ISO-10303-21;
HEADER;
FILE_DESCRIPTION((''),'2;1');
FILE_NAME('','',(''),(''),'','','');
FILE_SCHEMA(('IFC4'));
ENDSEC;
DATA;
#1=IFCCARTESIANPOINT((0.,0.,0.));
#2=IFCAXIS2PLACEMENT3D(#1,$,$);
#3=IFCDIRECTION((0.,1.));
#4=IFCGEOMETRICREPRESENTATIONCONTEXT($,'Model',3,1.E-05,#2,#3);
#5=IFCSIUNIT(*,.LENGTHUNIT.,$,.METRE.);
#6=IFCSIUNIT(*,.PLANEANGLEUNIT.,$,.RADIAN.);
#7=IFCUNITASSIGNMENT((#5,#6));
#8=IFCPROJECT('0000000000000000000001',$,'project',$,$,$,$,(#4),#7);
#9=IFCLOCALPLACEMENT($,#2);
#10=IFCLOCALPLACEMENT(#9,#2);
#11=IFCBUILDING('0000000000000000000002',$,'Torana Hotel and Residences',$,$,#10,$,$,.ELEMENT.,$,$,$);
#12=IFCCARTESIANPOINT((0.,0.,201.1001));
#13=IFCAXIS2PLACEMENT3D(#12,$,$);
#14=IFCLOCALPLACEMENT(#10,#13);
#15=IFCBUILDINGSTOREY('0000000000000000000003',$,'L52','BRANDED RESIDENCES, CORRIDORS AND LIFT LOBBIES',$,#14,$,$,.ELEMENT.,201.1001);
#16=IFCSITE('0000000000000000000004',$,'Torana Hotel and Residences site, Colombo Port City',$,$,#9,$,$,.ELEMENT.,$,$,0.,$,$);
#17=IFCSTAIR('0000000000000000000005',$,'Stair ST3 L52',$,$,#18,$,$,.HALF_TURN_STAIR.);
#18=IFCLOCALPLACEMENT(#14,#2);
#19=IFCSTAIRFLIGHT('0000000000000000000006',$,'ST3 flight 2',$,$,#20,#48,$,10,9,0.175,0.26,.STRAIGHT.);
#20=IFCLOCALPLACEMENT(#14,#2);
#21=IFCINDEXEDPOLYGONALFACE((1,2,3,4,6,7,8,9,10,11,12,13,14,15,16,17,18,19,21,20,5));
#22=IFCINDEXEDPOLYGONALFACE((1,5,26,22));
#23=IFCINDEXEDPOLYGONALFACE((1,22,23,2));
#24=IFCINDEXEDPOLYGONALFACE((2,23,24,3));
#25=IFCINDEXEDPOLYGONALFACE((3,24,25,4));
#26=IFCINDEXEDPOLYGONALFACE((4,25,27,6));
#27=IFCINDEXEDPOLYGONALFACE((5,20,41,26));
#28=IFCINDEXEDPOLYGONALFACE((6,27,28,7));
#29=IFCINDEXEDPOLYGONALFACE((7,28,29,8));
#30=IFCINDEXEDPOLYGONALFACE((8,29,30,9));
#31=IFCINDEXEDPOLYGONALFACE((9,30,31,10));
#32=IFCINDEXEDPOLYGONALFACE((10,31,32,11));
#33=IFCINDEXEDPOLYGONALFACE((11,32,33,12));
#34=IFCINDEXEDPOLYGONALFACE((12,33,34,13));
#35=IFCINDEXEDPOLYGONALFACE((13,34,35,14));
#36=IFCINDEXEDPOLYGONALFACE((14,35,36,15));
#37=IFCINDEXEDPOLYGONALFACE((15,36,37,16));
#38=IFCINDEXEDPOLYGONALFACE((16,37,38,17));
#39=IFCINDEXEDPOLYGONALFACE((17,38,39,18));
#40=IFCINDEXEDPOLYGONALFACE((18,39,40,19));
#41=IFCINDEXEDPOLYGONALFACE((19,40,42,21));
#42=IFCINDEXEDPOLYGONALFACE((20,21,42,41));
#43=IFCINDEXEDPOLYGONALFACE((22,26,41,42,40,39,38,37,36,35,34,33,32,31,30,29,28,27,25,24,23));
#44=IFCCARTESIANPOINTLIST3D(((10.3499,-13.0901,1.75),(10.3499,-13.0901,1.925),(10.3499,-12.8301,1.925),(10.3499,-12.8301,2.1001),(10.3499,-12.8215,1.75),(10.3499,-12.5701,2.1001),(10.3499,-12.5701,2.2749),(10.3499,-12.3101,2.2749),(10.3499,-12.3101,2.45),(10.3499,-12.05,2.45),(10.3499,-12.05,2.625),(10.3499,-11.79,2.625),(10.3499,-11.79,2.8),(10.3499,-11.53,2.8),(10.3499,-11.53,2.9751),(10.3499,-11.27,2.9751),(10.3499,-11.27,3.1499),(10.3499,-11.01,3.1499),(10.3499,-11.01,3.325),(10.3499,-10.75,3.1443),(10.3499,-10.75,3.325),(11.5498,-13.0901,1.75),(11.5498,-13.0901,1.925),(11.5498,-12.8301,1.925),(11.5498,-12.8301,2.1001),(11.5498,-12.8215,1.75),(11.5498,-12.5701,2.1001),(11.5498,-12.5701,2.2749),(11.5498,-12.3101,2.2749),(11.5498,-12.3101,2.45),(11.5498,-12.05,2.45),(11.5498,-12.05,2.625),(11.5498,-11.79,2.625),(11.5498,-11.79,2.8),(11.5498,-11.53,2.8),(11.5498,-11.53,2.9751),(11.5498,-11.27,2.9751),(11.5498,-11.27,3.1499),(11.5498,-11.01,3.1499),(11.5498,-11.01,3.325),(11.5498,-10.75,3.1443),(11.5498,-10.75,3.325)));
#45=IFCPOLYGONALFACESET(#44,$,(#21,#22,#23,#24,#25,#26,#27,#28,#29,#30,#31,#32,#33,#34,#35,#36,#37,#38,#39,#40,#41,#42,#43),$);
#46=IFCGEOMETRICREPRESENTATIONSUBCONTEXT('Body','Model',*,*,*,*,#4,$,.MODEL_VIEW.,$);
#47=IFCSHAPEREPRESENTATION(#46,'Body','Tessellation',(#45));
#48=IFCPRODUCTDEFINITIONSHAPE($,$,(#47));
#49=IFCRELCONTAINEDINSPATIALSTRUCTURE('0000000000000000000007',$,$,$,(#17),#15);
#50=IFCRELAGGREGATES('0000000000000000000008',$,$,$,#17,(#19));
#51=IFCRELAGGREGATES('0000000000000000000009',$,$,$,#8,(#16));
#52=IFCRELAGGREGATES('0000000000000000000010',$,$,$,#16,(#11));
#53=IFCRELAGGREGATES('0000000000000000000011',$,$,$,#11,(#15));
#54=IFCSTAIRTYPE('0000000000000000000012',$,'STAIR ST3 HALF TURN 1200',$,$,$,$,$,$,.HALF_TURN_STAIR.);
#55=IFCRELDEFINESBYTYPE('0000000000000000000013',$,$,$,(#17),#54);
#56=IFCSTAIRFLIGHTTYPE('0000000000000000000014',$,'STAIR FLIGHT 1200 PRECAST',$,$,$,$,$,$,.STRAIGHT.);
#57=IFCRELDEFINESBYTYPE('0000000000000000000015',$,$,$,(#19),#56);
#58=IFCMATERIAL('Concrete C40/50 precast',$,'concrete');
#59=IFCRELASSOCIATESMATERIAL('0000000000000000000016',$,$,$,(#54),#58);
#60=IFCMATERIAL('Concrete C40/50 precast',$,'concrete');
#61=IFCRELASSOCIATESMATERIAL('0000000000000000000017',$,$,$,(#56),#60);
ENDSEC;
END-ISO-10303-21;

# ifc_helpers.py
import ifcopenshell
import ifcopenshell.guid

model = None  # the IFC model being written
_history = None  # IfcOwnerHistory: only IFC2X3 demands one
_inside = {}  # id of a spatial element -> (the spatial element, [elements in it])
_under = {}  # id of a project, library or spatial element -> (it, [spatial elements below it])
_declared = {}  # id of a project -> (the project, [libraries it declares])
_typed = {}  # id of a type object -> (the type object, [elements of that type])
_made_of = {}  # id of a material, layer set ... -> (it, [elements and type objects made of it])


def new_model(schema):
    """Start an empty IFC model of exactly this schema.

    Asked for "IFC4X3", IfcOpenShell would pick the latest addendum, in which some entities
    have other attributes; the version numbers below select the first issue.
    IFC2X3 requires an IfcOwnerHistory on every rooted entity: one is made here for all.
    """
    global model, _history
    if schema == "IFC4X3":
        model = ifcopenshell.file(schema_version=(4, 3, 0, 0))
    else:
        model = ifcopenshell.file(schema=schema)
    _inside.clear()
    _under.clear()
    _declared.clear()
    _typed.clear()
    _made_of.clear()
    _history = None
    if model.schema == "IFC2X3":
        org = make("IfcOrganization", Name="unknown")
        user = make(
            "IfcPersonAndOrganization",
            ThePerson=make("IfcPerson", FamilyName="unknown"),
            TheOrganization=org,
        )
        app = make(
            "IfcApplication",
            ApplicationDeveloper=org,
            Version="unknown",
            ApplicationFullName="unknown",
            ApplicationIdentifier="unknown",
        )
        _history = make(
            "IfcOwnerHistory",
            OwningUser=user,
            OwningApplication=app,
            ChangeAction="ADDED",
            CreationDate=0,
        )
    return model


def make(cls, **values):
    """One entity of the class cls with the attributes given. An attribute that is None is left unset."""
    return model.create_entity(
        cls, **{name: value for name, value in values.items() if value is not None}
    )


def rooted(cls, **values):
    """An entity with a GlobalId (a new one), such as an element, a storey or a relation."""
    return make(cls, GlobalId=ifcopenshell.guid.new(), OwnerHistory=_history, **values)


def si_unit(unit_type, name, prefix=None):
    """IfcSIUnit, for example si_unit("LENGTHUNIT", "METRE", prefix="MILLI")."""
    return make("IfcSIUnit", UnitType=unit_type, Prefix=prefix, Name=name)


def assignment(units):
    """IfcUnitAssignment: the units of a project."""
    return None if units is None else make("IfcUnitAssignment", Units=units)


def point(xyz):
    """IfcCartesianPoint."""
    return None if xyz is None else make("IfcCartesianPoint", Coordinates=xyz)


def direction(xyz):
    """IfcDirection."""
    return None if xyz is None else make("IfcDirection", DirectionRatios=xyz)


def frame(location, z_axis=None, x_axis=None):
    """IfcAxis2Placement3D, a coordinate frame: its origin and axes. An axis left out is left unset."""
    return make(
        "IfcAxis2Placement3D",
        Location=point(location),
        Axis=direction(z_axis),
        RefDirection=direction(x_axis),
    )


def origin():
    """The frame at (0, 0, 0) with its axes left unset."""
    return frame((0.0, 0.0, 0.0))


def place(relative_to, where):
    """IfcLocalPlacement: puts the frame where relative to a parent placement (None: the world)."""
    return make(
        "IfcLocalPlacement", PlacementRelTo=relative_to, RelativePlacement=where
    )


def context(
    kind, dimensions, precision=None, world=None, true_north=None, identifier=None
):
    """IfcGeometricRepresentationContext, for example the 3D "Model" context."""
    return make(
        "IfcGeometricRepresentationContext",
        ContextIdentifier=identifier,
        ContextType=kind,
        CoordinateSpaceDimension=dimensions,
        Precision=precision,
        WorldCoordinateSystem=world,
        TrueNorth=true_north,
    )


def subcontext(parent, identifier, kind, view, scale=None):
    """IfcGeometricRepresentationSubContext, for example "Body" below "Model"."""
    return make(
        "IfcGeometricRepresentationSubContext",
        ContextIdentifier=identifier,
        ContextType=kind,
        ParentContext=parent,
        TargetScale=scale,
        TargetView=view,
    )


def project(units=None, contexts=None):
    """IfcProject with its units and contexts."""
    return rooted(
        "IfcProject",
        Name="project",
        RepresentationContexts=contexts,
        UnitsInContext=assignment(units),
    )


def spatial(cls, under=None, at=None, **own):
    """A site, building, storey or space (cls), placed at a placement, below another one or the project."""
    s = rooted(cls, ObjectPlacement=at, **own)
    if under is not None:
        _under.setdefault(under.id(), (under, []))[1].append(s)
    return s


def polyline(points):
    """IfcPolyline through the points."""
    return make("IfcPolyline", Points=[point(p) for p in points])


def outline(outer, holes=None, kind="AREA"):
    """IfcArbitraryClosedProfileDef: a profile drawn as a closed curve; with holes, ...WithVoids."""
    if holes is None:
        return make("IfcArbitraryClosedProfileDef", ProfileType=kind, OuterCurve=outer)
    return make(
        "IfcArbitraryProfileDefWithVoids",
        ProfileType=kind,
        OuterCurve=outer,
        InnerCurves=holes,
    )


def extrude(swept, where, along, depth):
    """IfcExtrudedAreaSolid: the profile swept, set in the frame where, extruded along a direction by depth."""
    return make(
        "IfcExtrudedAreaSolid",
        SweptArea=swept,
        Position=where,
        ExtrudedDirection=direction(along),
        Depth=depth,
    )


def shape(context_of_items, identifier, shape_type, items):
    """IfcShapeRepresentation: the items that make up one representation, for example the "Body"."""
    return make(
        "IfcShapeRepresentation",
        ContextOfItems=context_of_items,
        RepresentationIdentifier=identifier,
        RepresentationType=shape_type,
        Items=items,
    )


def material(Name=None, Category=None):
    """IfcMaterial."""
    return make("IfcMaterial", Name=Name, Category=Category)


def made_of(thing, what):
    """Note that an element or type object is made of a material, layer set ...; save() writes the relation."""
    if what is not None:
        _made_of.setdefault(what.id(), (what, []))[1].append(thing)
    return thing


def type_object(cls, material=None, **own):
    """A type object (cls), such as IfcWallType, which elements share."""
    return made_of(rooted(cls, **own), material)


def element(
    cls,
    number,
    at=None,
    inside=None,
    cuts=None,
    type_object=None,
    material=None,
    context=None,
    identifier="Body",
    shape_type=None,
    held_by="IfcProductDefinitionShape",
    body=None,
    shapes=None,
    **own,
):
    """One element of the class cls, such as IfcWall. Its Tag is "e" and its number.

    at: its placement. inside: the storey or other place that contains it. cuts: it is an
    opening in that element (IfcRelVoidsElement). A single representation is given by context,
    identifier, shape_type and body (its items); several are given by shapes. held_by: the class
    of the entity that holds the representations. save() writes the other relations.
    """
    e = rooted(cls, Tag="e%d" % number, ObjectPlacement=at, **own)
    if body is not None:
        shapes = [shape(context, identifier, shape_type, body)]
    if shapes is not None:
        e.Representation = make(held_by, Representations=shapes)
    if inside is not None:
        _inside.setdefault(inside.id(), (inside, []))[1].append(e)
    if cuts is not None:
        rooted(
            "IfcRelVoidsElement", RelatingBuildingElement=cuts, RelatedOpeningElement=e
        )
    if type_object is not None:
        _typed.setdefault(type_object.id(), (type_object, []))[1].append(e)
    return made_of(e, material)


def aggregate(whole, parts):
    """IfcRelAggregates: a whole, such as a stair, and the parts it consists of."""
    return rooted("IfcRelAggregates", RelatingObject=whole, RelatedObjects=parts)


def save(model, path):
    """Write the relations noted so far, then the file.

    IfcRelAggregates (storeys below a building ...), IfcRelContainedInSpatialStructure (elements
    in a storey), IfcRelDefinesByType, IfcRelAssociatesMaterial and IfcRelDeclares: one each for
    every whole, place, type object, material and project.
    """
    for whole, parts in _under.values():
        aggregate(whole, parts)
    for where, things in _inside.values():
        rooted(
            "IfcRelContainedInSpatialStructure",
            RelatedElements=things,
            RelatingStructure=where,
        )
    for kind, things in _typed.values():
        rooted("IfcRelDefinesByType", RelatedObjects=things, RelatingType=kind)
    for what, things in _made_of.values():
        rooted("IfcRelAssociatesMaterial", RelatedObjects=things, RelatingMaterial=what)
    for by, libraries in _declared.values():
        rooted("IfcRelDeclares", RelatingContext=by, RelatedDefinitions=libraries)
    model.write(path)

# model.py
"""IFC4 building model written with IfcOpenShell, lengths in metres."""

from ifc_helpers import new_model, si_unit, direction, frame, origin, place, context, subcontext, project, spatial, polyline, outline, extrude, material, type_object, element, aggregate, save


model = new_model("IFC4")

# Units and contexts
model_context = context("Model", 3, precision=1e-05, world=origin(), true_north=direction((0.0, 1.0)))
body_context = subcontext(model_context, "Body", "Model", "MODEL_VIEW")
ifc_project = project(units=[si_unit("LENGTHUNIT", "METRE"), si_unit("PLANEANGLEUNIT", "RADIAN")], contexts=[model_context])

# Site, building, storey
site_placement = place(None, origin())
site = spatial("IfcSite", under=ifc_project, at=site_placement, Name="Torana Hotel and Residences site, Colombo Port City", CompositionType="ELEMENT", RefElevation=0.0)
building_placement = place(site_placement, origin())
building = spatial("IfcBuilding", under=site, at=building_placement, Name="Torana Hotel and Residences", CompositionType="ELEMENT")
storey_placement = place(building_placement, frame((0.0, 0.0, 201.1001)))
storey = spatial("IfcBuildingStorey", under=building, at=storey_placement, Name="L52", Description="BRANDED RESIDENCES, CORRIDORS AND LIFT LOBBIES", CompositionType="ELEMENT", Elevation=201.1001)

# Stair, stair flight
ifc_material_1 = material(Name="Concrete C40/50 precast", Category="concrete")
stair_type = type_object("IfcStairType", Name="STAIR ST3 HALF TURN 1200", PredefinedType="HALF_TURN_STAIR", material=ifc_material_1)
stair_placement = place(storey_placement, origin())
stair = element("IfcStair", 1, at=stair_placement, inside=storey, type_object=stair_type, Name="Stair ST3 L52", PredefinedType="HALF_TURN_STAIR")
ifc_material_2 = material(Name="Concrete C40/50 precast", Category="concrete")
stair_flight_type = type_object("IfcStairFlightType", Name="STAIR FLIGHT 1200 PRECAST", PredefinedType="STRAIGHT", material=ifc_material_2)
stair_flight_placement = place(storey_placement, frame((10.95, -13.0901, 1.75), z_axis=(0.0, 0.0, 1.0), x_axis=(0.0, 1.0, 0.0)))
stair_flight = element("IfcStairFlight", 2, at=stair_flight_placement, type_object=stair_flight_type, Name="ST3 flight 2", NumberOfRisers=10, NumberOfTreads=9, PredefinedType="STRAIGHT", RiserHeight=0.175, TreadLength=0.26, context=body_context, shape_type="SweptSolid", body=[
    extrude(outline(polyline([(0.0, 0.0), (0.0, 0.175), (0.26, 0.175), (0.26, 0.3501), (0.52, 0.3501), (0.52, 0.5249), (0.78, 0.5249), (0.78, 0.7), (1.04, 0.7), (1.04, 0.875), (1.3, 0.875), (1.3, 1.05), (1.5601, 1.05), (1.5601, 1.2251), (1.8201, 1.2251), (1.8201, 1.3999), (2.0801, 1.3999), (2.0801, 1.575), (2.3401, 1.575), (2.3401, 1.75), (2.3401, 1.3943), (0.2686, 0.0), (0.0, 0.0)])), frame((0.0, 0.6001, 0.0), z_axis=(0.0, -1.0, 0.0), x_axis=(1.0, 0.0, 0.0)), (0.0, 0.0, 1.0), 1.2),
])
aggregate(stair, [stair_flight])

save(model, "model.ifc")
